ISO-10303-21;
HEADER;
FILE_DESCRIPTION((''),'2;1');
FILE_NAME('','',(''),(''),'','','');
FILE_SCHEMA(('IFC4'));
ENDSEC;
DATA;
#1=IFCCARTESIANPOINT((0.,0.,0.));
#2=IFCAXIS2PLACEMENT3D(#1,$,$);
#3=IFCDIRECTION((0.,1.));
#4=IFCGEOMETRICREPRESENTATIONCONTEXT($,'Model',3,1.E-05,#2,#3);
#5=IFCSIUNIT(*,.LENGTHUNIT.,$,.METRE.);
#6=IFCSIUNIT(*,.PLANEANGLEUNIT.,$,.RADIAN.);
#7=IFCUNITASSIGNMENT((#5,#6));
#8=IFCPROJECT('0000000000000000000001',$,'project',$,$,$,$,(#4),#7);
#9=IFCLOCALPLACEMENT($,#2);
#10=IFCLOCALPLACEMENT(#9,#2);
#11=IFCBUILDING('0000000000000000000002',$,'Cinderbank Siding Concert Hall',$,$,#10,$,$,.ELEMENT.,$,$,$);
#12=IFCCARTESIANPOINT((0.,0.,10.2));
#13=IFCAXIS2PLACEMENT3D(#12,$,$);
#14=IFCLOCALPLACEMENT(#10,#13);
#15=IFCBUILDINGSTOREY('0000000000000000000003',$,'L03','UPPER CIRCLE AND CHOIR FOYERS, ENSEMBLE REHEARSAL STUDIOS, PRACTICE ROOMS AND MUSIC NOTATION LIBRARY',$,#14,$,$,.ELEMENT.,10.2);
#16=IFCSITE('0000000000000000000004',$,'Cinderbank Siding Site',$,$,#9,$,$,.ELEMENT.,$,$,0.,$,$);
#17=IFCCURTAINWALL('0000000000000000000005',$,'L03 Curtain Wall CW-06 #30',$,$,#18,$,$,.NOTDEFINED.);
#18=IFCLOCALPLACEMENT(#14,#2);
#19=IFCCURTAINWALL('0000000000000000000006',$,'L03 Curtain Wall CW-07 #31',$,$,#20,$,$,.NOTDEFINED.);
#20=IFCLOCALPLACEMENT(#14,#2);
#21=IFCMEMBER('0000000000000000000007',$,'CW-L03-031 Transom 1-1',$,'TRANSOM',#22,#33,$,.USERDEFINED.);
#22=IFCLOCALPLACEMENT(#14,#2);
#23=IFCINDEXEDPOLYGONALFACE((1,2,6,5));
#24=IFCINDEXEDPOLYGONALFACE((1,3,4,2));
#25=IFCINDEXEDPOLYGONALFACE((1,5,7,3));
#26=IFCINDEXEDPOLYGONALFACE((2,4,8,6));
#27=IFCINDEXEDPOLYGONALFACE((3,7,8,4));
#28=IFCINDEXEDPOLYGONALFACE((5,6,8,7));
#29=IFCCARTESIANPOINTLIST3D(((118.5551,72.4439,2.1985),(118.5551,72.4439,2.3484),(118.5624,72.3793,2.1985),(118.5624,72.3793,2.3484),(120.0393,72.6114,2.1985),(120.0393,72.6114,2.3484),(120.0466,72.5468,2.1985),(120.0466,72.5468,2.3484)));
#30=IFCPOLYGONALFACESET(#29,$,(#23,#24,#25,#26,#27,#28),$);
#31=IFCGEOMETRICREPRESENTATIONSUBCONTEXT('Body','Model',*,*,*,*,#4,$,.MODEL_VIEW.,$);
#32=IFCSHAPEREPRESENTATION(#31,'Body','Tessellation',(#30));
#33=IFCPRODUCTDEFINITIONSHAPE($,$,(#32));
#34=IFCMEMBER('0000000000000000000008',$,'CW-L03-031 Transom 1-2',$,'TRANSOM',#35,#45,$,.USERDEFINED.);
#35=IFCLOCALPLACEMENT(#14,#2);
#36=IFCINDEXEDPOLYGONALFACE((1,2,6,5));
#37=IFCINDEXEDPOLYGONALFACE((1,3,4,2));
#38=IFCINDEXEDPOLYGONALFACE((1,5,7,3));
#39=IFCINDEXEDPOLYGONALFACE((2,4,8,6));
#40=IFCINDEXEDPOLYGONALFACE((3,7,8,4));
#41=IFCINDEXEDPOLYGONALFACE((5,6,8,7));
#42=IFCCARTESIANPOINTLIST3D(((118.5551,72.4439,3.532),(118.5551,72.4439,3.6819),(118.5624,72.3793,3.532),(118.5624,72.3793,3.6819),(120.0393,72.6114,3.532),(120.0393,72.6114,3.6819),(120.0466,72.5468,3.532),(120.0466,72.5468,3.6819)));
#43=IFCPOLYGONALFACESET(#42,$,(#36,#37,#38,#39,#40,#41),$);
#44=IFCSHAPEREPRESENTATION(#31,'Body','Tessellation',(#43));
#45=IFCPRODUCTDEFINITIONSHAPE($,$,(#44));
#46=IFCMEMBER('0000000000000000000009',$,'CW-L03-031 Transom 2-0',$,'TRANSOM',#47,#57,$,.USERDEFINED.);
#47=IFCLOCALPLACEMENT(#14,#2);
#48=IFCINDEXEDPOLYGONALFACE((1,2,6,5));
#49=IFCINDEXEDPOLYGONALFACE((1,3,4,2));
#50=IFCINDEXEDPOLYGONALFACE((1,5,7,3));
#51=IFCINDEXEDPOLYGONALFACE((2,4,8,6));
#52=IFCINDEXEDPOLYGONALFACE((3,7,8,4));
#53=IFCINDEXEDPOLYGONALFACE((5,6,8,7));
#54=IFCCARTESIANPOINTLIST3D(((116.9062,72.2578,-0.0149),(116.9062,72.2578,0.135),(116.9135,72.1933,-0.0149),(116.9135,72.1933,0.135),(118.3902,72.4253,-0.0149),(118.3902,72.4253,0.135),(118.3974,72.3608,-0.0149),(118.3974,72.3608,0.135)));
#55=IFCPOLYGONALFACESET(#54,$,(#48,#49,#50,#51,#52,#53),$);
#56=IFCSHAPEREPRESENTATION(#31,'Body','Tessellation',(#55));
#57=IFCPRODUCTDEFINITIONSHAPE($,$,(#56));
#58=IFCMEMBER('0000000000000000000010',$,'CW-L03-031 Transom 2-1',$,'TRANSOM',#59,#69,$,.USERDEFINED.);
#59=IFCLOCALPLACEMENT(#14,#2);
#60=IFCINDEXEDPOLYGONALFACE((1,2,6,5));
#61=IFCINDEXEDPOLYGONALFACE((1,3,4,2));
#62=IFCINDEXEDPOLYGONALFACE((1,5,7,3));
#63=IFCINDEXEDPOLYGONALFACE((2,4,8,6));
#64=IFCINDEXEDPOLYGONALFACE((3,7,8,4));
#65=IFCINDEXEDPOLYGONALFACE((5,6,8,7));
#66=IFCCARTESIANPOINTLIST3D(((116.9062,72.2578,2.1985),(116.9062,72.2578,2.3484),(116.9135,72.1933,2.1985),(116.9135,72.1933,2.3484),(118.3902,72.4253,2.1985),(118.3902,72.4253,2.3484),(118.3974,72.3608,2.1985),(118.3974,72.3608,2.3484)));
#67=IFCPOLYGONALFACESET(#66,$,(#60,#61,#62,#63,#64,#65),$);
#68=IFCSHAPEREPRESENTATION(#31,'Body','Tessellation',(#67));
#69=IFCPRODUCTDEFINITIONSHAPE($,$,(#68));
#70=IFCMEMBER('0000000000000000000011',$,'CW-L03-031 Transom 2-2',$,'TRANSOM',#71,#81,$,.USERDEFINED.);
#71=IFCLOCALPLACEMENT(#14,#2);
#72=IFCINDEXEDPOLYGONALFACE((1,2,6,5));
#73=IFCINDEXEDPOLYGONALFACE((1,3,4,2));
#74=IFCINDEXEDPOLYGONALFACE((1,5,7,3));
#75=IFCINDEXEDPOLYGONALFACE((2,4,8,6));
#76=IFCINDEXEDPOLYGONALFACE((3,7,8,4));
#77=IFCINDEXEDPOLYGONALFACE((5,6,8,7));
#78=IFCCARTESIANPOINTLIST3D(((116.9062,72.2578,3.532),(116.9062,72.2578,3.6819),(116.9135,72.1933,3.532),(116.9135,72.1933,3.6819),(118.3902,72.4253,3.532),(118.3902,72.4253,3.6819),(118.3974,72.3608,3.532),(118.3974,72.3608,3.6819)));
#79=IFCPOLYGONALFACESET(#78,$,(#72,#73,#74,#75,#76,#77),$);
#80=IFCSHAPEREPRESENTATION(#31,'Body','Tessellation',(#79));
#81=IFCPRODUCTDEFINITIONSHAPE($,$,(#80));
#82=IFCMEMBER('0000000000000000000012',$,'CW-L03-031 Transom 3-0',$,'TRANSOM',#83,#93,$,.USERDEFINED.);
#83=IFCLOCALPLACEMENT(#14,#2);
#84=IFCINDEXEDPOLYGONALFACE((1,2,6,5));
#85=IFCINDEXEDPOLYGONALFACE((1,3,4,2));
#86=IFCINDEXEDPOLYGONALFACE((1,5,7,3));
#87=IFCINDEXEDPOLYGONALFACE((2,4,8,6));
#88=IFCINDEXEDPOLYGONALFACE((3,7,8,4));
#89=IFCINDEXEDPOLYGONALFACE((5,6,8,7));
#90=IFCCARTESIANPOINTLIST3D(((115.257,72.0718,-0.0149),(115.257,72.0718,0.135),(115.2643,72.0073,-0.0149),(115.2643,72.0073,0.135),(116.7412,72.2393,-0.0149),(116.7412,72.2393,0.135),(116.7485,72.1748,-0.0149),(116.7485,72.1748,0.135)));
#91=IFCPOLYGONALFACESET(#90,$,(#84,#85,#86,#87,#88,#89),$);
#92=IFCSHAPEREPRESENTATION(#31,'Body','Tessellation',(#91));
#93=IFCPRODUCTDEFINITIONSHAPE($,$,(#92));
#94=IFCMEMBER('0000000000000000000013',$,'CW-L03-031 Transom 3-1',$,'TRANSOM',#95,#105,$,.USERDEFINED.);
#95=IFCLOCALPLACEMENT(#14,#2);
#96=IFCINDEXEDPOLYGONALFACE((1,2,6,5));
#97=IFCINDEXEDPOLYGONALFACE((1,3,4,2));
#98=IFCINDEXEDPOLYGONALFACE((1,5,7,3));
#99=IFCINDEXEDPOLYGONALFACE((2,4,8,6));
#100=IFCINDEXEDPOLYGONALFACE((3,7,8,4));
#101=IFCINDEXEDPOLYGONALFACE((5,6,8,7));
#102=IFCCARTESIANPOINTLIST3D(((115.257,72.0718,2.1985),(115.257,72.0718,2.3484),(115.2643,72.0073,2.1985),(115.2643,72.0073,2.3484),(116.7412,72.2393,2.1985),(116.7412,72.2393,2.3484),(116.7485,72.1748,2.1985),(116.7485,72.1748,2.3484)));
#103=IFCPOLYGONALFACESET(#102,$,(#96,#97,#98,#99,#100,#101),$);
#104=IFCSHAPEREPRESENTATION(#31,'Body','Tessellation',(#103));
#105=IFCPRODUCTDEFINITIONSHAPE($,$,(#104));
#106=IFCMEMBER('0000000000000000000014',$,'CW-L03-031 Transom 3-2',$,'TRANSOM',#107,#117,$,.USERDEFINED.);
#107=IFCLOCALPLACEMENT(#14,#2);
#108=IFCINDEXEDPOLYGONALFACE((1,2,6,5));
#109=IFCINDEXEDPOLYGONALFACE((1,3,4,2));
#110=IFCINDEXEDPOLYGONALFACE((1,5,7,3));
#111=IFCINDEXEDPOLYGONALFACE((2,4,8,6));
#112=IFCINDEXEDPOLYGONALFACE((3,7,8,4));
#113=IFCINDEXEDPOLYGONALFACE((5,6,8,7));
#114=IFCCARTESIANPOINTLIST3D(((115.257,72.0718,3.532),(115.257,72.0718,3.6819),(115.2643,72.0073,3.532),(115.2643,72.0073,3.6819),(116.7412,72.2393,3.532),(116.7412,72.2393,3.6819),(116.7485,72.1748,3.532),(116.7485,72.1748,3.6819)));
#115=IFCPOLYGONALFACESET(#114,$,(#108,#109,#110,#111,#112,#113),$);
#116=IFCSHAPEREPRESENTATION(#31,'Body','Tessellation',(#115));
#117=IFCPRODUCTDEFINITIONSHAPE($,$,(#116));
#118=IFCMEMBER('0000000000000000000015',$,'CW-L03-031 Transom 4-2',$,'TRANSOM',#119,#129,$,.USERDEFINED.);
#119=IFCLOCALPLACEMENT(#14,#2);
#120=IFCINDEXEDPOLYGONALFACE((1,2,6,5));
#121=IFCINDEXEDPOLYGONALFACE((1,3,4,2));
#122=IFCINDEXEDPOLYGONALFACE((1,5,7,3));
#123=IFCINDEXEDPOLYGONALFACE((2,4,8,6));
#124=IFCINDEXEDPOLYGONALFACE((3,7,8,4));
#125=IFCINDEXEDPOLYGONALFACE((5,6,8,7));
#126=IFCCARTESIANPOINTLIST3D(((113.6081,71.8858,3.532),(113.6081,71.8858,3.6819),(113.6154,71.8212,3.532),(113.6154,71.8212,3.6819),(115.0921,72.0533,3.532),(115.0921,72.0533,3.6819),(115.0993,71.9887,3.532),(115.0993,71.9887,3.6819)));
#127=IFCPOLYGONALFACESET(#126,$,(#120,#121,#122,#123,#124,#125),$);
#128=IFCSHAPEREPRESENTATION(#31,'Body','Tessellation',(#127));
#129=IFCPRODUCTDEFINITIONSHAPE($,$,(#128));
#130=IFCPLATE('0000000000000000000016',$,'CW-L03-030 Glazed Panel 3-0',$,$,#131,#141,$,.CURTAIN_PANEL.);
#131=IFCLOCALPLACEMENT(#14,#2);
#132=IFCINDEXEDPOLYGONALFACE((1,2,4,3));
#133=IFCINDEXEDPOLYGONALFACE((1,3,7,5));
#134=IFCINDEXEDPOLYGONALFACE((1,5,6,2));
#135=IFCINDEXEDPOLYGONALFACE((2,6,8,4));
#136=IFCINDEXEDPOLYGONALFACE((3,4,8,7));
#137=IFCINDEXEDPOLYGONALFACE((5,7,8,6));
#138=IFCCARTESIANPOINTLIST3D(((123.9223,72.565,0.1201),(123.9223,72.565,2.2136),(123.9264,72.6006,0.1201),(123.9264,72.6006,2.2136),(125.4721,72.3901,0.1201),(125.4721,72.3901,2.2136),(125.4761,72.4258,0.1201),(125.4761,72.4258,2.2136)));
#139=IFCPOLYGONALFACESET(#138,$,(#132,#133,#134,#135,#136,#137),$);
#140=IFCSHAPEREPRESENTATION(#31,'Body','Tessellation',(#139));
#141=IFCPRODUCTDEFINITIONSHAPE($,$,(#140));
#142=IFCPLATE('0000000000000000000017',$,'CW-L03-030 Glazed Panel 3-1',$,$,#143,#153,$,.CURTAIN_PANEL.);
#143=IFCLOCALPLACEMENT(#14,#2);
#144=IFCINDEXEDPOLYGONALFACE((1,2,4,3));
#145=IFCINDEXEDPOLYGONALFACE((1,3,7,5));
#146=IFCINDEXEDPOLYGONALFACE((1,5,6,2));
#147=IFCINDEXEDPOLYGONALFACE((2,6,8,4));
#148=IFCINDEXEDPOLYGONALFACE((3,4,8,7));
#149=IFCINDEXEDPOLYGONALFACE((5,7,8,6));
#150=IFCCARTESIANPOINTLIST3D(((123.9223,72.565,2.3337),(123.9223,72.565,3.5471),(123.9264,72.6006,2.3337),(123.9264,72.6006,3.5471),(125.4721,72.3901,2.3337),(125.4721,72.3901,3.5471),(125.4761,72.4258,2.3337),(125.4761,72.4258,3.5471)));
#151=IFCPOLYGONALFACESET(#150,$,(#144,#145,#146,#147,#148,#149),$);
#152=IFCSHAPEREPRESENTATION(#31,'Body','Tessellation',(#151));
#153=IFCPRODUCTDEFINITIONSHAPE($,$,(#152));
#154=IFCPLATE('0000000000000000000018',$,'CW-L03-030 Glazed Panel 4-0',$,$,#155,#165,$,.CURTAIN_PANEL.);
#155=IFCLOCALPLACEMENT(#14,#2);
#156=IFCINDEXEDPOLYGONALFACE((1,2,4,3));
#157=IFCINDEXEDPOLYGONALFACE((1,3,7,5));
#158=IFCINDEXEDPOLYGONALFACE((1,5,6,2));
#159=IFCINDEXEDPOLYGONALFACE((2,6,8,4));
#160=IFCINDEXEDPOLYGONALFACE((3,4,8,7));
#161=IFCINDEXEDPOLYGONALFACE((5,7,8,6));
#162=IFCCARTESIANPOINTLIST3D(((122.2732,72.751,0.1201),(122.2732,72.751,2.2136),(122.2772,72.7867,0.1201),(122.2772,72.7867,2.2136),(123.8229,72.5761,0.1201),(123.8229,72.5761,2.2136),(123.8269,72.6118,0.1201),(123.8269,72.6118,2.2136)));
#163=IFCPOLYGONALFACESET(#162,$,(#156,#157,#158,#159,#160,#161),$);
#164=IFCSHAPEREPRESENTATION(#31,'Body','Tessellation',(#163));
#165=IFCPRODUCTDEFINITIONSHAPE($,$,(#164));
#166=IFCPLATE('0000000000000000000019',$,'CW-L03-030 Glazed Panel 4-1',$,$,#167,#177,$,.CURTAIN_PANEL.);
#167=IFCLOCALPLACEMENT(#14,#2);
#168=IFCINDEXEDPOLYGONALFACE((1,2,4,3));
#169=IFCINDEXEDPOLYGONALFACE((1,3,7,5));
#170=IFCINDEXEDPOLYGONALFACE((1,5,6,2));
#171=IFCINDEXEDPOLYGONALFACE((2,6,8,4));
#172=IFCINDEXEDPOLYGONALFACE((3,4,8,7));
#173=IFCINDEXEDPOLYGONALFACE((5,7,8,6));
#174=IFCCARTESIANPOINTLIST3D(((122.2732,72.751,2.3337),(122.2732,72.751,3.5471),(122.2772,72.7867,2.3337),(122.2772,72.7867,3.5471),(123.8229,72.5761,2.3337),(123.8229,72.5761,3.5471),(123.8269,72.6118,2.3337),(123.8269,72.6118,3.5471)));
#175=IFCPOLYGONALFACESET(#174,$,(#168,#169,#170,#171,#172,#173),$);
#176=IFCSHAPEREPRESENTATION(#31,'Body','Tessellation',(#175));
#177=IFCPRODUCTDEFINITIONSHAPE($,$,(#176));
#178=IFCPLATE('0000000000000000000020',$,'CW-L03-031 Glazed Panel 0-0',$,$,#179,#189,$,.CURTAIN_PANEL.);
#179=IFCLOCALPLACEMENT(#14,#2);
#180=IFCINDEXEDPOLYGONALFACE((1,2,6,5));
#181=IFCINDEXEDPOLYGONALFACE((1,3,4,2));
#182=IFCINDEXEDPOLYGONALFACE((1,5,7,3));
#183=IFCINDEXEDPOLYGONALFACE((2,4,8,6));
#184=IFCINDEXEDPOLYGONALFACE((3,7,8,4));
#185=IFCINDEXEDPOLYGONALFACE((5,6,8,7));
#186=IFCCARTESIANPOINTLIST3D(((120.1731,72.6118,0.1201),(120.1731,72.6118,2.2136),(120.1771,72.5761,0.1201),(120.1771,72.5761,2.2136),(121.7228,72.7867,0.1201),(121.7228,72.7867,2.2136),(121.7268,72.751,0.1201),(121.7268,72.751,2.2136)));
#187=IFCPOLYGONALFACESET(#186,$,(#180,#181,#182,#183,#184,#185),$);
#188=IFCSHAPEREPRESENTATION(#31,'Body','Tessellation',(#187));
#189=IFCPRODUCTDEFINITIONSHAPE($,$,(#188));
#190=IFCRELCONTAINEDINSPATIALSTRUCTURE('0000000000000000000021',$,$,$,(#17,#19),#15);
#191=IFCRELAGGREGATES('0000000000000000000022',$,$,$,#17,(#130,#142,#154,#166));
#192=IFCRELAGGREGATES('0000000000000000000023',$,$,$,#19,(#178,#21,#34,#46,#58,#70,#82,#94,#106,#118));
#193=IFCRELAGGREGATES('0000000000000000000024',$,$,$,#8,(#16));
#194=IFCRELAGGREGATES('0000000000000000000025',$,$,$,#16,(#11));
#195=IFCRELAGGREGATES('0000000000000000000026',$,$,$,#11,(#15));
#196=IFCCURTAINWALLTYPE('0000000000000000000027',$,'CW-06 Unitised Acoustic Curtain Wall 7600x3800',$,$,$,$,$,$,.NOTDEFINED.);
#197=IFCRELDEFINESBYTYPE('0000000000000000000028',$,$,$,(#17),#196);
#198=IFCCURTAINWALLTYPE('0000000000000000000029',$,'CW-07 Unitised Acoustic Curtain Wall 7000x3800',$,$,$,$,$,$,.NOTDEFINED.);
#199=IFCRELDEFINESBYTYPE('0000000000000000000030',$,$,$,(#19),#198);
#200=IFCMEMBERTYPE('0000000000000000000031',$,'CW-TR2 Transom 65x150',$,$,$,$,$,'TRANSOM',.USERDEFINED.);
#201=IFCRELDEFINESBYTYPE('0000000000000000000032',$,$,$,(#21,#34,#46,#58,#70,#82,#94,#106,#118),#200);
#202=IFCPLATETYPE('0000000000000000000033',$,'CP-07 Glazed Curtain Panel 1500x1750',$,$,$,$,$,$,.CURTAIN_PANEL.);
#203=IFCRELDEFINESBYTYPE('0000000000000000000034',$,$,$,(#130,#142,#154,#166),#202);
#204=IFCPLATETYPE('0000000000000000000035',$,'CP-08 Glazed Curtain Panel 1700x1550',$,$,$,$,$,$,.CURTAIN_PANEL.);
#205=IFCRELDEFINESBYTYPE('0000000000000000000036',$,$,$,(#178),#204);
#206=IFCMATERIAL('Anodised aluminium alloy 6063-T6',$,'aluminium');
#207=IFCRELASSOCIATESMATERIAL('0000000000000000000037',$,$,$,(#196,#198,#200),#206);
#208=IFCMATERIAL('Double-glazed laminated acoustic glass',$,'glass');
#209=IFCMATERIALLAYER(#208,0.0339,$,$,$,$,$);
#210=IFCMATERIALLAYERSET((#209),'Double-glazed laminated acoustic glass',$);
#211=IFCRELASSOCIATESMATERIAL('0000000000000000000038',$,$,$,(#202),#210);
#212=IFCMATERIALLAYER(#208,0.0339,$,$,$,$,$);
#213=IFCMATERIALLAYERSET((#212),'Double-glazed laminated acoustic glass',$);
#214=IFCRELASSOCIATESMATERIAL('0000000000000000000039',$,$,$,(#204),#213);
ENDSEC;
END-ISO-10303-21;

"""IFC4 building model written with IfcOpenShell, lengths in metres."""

from ifc_helpers import new_model, si_unit, direction, frame, origin, origin_2d, place, context, subcontext, project, spatial, rectangle, extrude, material, layer, layer_set, material_profile, profile_set, type_object, element, aggregate, save


model = new_model("IFC4")

# Units and contexts
model_context = context("Model", 3, precision=1e-05, world=origin(), true_north=direction((0.0, 1.0)))
body_context = subcontext(model_context, "Body", "Model", "MODEL_VIEW")
ifc_project = project(units=[si_unit("LENGTHUNIT", "METRE"), si_unit("PLANEANGLEUNIT", "RADIAN")], contexts=[model_context])

# Site, building, storey
site_placement = place(None, origin())
site = spatial("IfcSite", under=ifc_project, at=site_placement, Name="Cinderbank Siding Site", CompositionType="ELEMENT", RefElevation=0.0)
building_placement = place(site_placement, origin())
building = spatial("IfcBuilding", under=site, at=building_placement, Name="Cinderbank Siding Concert Hall", CompositionType="ELEMENT")
storey_placement = place(building_placement, frame((0.0, 0.0, 10.2)))
storey = spatial("IfcBuildingStorey", under=building, at=storey_placement, Name="L03", Description="UPPER CIRCLE AND CHOIR FOYERS, ENSEMBLE REHEARSAL STUDIOS, PRACTICE ROOMS AND MUSIC NOTATION LIBRARY", CompositionType="ELEMENT", Elevation=10.2)

# Curtain wall
ifc_material_1 = material(Name="Anodised aluminium alloy 6063-T6", Category="aluminium")
curtain_wall_type_1 = type_object("IfcCurtainWallType", Name="CW-06 Unitised Acoustic Curtain Wall 7600x3800", PredefinedType="NOTDEFINED", material=ifc_material_1)
curtain_wall_1_placement = place(storey_placement, origin())
curtain_wall_1 = element("IfcCurtainWall", 1, at=curtain_wall_1_placement, inside=storey, type_object=curtain_wall_type_1, Name="L03 Curtain Wall CW-06 #30", PredefinedType="NOTDEFINED")

# Curtain wall
curtain_wall_type_2 = type_object("IfcCurtainWallType", Name="CW-07 Unitised Acoustic Curtain Wall 7000x3800", PredefinedType="NOTDEFINED", material=ifc_material_1)
curtain_wall_2_placement = place(storey_placement, origin())
curtain_wall_2 = element("IfcCurtainWall", 2, at=curtain_wall_2_placement, inside=storey, type_object=curtain_wall_type_2, Name="L03 Curtain Wall CW-07 #31", PredefinedType="NOTDEFINED")

# Members
ifc_material_profile_1 = material_profile(ifc_material_1, rectangle(XDim=0.0649, YDim=0.1499, at=origin_2d()), Name="ALU-TRAN-65x150", Category="LoadBearing")
ifc_profile_set_1 = profile_set([ifc_material_profile_1], Name="Anodised aluminium alloy 6063-T6")
member_type_1 = type_object("IfcMemberType", Name="CW-TR2 Transom 65x150", ElementType="TRANSOM", PredefinedType="USERDEFINED", material=ifc_profile_set_1)
member_1_placement = place(storey_placement, frame((120.043, 72.5791, 2.2734), z_axis=(-0.993693, -0.112136, 0.0), x_axis=(0.112136, -0.993693, 0.0)))
member_1 = element("IfcMember", 3, at=member_1_placement, type_object=member_type_1, Name="CW-L03-031 Transom 1-1", ObjectType="TRANSOM", PredefinedType="USERDEFINED", context=body_context, shape_type="SweptSolid", body=[
    extrude(rectangle(XDim=0.0649, YDim=0.1499, at=origin_2d()), origin(), (0.0, 0.0, 1.0), 1.4937),
])
member_2_placement = place(storey_placement, frame((120.043, 72.5791, 3.6069), z_axis=(-0.993693, -0.112136, 0.0), x_axis=(0.112136, -0.993693, 0.0)))
member_2 = element("IfcMember", 4, at=member_2_placement, type_object=member_type_1, Name="CW-L03-031 Transom 1-2", ObjectType="TRANSOM", PredefinedType="USERDEFINED", context=body_context, shape_type="SweptSolid", body=[
    extrude(rectangle(XDim=0.0649, YDim=0.1499, at=origin_2d()), origin(), (0.0, 0.0, 1.0), 1.4937),
])
member_3_placement = place(storey_placement, frame((118.3938, 72.3931, 0.0601), z_axis=(-0.993691, -0.112154, 0.0), x_axis=(0.112154, -0.993691, 0.0)))
member_3 = element("IfcMember", 5, at=member_3_placement, type_object=member_type_1, Name="CW-L03-031 Transom 2-0", ObjectType="TRANSOM", PredefinedType="USERDEFINED", context=body_context, shape_type="SweptSolid", body=[
    extrude(rectangle(XDim=0.0649, YDim=0.1499, at=origin_2d()), origin(), (0.0, 0.0, 1.0), 1.4934),
])
member_4_placement = place(storey_placement, frame((118.3938, 72.3931, 2.2734), z_axis=(-0.993691, -0.112154, 0.0), x_axis=(0.112154, -0.993691, 0.0)))
member_4 = element("IfcMember", 6, at=member_4_placement, type_object=member_type_1, Name="CW-L03-031 Transom 2-1", ObjectType="TRANSOM", PredefinedType="USERDEFINED", context=body_context, shape_type="SweptSolid", body=[
    extrude(rectangle(XDim=0.0649, YDim=0.1499, at=origin_2d()), origin(), (0.0, 0.0, 1.0), 1.4934),
])
member_5_placement = place(storey_placement, frame((118.3938, 72.3931, 3.6069), z_axis=(-0.993691, -0.112154, 0.0), x_axis=(0.112154, -0.993691, 0.0)))
member_5 = element("IfcMember", 7, at=member_5_placement, type_object=member_type_1, Name="CW-L03-031 Transom 2-2", ObjectType="TRANSOM", PredefinedType="USERDEFINED", context=body_context, shape_type="SweptSolid", body=[
    extrude(rectangle(XDim=0.0649, YDim=0.1499, at=origin_2d()), origin(), (0.0, 0.0, 1.0), 1.4934),
])
member_6_placement = place(storey_placement, frame((116.7449, 72.207, 0.0601), z_axis=(-0.993693, -0.112136, 0.0), x_axis=(0.112136, -0.993693, 0.0)))
member_6 = element("IfcMember", 8, at=member_6_placement, type_object=member_type_1, Name="CW-L03-031 Transom 3-0", ObjectType="TRANSOM", PredefinedType="USERDEFINED", context=body_context, shape_type="SweptSolid", body=[
    extrude(rectangle(XDim=0.0649, YDim=0.1499, at=origin_2d()), origin(), (0.0, 0.0, 1.0), 1.4937),
])
member_7_placement = place(storey_placement, frame((116.7449, 72.207, 2.2734), z_axis=(-0.993693, -0.112136, 0.0), x_axis=(0.112136, -0.993693, 0.0)))
member_7 = element("IfcMember", 9, at=member_7_placement, type_object=member_type_1, Name="CW-L03-031 Transom 3-1", ObjectType="TRANSOM", PredefinedType="USERDEFINED", context=body_context, shape_type="SweptSolid", body=[
    extrude(rectangle(XDim=0.0649, YDim=0.1499, at=origin_2d()), origin(), (0.0, 0.0, 1.0), 1.4937),
])
member_8_placement = place(storey_placement, frame((116.7449, 72.207, 3.6069), z_axis=(-0.993693, -0.112136, 0.0), x_axis=(0.112136, -0.993693, 0.0)))
member_8 = element("IfcMember", 10, at=member_8_placement, type_object=member_type_1, Name="CW-L03-031 Transom 3-2", ObjectType="TRANSOM", PredefinedType="USERDEFINED", context=body_context, shape_type="SweptSolid", body=[
    extrude(rectangle(XDim=0.0649, YDim=0.1499, at=origin_2d()), origin(), (0.0, 0.0, 1.0), 1.4937),
])
member_9_placement = place(storey_placement, frame((115.0957, 72.021, 3.6069), z_axis=(-0.993691, -0.112154, 0.0), x_axis=(0.112154, -0.993691, 0.0)))
member_9 = element("IfcMember", 11, at=member_9_placement, type_object=member_type_1, Name="CW-L03-031 Transom 4-2", ObjectType="TRANSOM", PredefinedType="USERDEFINED", context=body_context, shape_type="SweptSolid", body=[
    extrude(rectangle(XDim=0.0649, YDim=0.1499, at=origin_2d()), origin(), (0.0, 0.0, 1.0), 1.4934),
])

# Plates
ifc_material_2 = material(Name="Double-glazed laminated acoustic glass", Category="glass")
ifc_layer_1 = layer(ifc_material_2, 0.0339)
ifc_layer_set_1 = layer_set([ifc_layer_1], Name="Double-glazed laminated acoustic glass")
plate_type_1 = type_object("IfcPlateType", Name="CP-07 Glazed Curtain Panel 1500x1750", PredefinedType="CURTAIN_PANEL", material=ifc_layer_set_1)
plate_1_placement = place(storey_placement, frame((124.6992, 72.4954, 0.1201), z_axis=(0.0, 0.0, 1.0), x_axis=(-0.993694, 0.112129, 0.0)))
plate_1 = element("IfcPlate", 12, at=plate_1_placement, type_object=plate_type_1, Name="CW-L03-030 Glazed Panel 3-0", PredefinedType="CURTAIN_PANEL", context=body_context, shape_type="SweptSolid", body=[
    extrude(rectangle(XDim=1.5596, YDim=0.0359, at=origin_2d()), origin(), (0.0, 0.0, 1.0), 2.0935),
])
plate_2_placement = place(storey_placement, frame((124.6992, 72.4954, 2.3337), z_axis=(0.0, 0.0, 1.0), x_axis=(-0.993694, 0.112129, 0.0)))
plate_2 = element("IfcPlate", 13, at=plate_2_placement, type_object=plate_type_1, Name="CW-L03-030 Glazed Panel 3-1", PredefinedType="CURTAIN_PANEL", context=body_context, shape_type="SweptSolid", body=[
    extrude(rectangle(XDim=1.5596, YDim=0.0359, at=origin_2d()), origin(), (0.0, 0.0, 1.0), 1.2134),
])
plate_3_placement = place(storey_placement, frame((123.05, 72.6814, 0.1201), z_axis=(0.0, 0.0, 1.0), x_axis=(-0.993694, 0.112129, 0.0)))
plate_3 = element("IfcPlate", 14, at=plate_3_placement, type_object=plate_type_1, Name="CW-L03-030 Glazed Panel 4-0", PredefinedType="CURTAIN_PANEL", context=body_context, shape_type="SweptSolid", body=[
    extrude(rectangle(XDim=1.5596, YDim=0.0359, at=origin_2d()), origin(), (0.0, 0.0, 1.0), 2.0935),
])
plate_4_placement = place(storey_placement, frame((123.05, 72.6814, 2.3337), z_axis=(0.0, 0.0, 1.0), x_axis=(-0.993694, 0.112129, 0.0)))
plate_4 = element("IfcPlate", 15, at=plate_4_placement, type_object=plate_type_1, Name="CW-L03-030 Glazed Panel 4-1", PredefinedType="CURTAIN_PANEL", context=body_context, shape_type="SweptSolid", body=[
    extrude(rectangle(XDim=1.5596, YDim=0.0359, at=origin_2d()), origin(), (0.0, 0.0, 1.0), 1.2134),
])
aggregate(curtain_wall_1, [plate_1, plate_2, plate_3, plate_4])
ifc_layer_2 = layer(ifc_material_2, 0.0339)
ifc_layer_set_2 = layer_set([ifc_layer_2], Name="Double-glazed laminated acoustic glass")
plate_type_2 = type_object("IfcPlateType", Name="CP-08 Glazed Curtain Panel 1700x1550", PredefinedType="CURTAIN_PANEL", material=ifc_layer_set_2)
plate_5_placement = place(storey_placement, frame((120.95, 72.6814, 0.1201), z_axis=(0.0, 0.0, 1.0), x_axis=(-0.993694, -0.112129, 0.0)))
plate_5 = element("IfcPlate", 16, at=plate_5_placement, type_object=plate_type_2, Name="CW-L03-031 Glazed Panel 0-0", PredefinedType="CURTAIN_PANEL", context=body_context, shape_type="SweptSolid", body=[
    extrude(rectangle(XDim=1.5596, YDim=0.0359, at=origin_2d()), origin(), (0.0, 0.0, 1.0), 2.0935),
])
aggregate(curtain_wall_2, [plate_5, member_1, member_2, member_3, member_4, member_5, member_6, member_7, member_8, member_9])

save(model, "model.ifc")
